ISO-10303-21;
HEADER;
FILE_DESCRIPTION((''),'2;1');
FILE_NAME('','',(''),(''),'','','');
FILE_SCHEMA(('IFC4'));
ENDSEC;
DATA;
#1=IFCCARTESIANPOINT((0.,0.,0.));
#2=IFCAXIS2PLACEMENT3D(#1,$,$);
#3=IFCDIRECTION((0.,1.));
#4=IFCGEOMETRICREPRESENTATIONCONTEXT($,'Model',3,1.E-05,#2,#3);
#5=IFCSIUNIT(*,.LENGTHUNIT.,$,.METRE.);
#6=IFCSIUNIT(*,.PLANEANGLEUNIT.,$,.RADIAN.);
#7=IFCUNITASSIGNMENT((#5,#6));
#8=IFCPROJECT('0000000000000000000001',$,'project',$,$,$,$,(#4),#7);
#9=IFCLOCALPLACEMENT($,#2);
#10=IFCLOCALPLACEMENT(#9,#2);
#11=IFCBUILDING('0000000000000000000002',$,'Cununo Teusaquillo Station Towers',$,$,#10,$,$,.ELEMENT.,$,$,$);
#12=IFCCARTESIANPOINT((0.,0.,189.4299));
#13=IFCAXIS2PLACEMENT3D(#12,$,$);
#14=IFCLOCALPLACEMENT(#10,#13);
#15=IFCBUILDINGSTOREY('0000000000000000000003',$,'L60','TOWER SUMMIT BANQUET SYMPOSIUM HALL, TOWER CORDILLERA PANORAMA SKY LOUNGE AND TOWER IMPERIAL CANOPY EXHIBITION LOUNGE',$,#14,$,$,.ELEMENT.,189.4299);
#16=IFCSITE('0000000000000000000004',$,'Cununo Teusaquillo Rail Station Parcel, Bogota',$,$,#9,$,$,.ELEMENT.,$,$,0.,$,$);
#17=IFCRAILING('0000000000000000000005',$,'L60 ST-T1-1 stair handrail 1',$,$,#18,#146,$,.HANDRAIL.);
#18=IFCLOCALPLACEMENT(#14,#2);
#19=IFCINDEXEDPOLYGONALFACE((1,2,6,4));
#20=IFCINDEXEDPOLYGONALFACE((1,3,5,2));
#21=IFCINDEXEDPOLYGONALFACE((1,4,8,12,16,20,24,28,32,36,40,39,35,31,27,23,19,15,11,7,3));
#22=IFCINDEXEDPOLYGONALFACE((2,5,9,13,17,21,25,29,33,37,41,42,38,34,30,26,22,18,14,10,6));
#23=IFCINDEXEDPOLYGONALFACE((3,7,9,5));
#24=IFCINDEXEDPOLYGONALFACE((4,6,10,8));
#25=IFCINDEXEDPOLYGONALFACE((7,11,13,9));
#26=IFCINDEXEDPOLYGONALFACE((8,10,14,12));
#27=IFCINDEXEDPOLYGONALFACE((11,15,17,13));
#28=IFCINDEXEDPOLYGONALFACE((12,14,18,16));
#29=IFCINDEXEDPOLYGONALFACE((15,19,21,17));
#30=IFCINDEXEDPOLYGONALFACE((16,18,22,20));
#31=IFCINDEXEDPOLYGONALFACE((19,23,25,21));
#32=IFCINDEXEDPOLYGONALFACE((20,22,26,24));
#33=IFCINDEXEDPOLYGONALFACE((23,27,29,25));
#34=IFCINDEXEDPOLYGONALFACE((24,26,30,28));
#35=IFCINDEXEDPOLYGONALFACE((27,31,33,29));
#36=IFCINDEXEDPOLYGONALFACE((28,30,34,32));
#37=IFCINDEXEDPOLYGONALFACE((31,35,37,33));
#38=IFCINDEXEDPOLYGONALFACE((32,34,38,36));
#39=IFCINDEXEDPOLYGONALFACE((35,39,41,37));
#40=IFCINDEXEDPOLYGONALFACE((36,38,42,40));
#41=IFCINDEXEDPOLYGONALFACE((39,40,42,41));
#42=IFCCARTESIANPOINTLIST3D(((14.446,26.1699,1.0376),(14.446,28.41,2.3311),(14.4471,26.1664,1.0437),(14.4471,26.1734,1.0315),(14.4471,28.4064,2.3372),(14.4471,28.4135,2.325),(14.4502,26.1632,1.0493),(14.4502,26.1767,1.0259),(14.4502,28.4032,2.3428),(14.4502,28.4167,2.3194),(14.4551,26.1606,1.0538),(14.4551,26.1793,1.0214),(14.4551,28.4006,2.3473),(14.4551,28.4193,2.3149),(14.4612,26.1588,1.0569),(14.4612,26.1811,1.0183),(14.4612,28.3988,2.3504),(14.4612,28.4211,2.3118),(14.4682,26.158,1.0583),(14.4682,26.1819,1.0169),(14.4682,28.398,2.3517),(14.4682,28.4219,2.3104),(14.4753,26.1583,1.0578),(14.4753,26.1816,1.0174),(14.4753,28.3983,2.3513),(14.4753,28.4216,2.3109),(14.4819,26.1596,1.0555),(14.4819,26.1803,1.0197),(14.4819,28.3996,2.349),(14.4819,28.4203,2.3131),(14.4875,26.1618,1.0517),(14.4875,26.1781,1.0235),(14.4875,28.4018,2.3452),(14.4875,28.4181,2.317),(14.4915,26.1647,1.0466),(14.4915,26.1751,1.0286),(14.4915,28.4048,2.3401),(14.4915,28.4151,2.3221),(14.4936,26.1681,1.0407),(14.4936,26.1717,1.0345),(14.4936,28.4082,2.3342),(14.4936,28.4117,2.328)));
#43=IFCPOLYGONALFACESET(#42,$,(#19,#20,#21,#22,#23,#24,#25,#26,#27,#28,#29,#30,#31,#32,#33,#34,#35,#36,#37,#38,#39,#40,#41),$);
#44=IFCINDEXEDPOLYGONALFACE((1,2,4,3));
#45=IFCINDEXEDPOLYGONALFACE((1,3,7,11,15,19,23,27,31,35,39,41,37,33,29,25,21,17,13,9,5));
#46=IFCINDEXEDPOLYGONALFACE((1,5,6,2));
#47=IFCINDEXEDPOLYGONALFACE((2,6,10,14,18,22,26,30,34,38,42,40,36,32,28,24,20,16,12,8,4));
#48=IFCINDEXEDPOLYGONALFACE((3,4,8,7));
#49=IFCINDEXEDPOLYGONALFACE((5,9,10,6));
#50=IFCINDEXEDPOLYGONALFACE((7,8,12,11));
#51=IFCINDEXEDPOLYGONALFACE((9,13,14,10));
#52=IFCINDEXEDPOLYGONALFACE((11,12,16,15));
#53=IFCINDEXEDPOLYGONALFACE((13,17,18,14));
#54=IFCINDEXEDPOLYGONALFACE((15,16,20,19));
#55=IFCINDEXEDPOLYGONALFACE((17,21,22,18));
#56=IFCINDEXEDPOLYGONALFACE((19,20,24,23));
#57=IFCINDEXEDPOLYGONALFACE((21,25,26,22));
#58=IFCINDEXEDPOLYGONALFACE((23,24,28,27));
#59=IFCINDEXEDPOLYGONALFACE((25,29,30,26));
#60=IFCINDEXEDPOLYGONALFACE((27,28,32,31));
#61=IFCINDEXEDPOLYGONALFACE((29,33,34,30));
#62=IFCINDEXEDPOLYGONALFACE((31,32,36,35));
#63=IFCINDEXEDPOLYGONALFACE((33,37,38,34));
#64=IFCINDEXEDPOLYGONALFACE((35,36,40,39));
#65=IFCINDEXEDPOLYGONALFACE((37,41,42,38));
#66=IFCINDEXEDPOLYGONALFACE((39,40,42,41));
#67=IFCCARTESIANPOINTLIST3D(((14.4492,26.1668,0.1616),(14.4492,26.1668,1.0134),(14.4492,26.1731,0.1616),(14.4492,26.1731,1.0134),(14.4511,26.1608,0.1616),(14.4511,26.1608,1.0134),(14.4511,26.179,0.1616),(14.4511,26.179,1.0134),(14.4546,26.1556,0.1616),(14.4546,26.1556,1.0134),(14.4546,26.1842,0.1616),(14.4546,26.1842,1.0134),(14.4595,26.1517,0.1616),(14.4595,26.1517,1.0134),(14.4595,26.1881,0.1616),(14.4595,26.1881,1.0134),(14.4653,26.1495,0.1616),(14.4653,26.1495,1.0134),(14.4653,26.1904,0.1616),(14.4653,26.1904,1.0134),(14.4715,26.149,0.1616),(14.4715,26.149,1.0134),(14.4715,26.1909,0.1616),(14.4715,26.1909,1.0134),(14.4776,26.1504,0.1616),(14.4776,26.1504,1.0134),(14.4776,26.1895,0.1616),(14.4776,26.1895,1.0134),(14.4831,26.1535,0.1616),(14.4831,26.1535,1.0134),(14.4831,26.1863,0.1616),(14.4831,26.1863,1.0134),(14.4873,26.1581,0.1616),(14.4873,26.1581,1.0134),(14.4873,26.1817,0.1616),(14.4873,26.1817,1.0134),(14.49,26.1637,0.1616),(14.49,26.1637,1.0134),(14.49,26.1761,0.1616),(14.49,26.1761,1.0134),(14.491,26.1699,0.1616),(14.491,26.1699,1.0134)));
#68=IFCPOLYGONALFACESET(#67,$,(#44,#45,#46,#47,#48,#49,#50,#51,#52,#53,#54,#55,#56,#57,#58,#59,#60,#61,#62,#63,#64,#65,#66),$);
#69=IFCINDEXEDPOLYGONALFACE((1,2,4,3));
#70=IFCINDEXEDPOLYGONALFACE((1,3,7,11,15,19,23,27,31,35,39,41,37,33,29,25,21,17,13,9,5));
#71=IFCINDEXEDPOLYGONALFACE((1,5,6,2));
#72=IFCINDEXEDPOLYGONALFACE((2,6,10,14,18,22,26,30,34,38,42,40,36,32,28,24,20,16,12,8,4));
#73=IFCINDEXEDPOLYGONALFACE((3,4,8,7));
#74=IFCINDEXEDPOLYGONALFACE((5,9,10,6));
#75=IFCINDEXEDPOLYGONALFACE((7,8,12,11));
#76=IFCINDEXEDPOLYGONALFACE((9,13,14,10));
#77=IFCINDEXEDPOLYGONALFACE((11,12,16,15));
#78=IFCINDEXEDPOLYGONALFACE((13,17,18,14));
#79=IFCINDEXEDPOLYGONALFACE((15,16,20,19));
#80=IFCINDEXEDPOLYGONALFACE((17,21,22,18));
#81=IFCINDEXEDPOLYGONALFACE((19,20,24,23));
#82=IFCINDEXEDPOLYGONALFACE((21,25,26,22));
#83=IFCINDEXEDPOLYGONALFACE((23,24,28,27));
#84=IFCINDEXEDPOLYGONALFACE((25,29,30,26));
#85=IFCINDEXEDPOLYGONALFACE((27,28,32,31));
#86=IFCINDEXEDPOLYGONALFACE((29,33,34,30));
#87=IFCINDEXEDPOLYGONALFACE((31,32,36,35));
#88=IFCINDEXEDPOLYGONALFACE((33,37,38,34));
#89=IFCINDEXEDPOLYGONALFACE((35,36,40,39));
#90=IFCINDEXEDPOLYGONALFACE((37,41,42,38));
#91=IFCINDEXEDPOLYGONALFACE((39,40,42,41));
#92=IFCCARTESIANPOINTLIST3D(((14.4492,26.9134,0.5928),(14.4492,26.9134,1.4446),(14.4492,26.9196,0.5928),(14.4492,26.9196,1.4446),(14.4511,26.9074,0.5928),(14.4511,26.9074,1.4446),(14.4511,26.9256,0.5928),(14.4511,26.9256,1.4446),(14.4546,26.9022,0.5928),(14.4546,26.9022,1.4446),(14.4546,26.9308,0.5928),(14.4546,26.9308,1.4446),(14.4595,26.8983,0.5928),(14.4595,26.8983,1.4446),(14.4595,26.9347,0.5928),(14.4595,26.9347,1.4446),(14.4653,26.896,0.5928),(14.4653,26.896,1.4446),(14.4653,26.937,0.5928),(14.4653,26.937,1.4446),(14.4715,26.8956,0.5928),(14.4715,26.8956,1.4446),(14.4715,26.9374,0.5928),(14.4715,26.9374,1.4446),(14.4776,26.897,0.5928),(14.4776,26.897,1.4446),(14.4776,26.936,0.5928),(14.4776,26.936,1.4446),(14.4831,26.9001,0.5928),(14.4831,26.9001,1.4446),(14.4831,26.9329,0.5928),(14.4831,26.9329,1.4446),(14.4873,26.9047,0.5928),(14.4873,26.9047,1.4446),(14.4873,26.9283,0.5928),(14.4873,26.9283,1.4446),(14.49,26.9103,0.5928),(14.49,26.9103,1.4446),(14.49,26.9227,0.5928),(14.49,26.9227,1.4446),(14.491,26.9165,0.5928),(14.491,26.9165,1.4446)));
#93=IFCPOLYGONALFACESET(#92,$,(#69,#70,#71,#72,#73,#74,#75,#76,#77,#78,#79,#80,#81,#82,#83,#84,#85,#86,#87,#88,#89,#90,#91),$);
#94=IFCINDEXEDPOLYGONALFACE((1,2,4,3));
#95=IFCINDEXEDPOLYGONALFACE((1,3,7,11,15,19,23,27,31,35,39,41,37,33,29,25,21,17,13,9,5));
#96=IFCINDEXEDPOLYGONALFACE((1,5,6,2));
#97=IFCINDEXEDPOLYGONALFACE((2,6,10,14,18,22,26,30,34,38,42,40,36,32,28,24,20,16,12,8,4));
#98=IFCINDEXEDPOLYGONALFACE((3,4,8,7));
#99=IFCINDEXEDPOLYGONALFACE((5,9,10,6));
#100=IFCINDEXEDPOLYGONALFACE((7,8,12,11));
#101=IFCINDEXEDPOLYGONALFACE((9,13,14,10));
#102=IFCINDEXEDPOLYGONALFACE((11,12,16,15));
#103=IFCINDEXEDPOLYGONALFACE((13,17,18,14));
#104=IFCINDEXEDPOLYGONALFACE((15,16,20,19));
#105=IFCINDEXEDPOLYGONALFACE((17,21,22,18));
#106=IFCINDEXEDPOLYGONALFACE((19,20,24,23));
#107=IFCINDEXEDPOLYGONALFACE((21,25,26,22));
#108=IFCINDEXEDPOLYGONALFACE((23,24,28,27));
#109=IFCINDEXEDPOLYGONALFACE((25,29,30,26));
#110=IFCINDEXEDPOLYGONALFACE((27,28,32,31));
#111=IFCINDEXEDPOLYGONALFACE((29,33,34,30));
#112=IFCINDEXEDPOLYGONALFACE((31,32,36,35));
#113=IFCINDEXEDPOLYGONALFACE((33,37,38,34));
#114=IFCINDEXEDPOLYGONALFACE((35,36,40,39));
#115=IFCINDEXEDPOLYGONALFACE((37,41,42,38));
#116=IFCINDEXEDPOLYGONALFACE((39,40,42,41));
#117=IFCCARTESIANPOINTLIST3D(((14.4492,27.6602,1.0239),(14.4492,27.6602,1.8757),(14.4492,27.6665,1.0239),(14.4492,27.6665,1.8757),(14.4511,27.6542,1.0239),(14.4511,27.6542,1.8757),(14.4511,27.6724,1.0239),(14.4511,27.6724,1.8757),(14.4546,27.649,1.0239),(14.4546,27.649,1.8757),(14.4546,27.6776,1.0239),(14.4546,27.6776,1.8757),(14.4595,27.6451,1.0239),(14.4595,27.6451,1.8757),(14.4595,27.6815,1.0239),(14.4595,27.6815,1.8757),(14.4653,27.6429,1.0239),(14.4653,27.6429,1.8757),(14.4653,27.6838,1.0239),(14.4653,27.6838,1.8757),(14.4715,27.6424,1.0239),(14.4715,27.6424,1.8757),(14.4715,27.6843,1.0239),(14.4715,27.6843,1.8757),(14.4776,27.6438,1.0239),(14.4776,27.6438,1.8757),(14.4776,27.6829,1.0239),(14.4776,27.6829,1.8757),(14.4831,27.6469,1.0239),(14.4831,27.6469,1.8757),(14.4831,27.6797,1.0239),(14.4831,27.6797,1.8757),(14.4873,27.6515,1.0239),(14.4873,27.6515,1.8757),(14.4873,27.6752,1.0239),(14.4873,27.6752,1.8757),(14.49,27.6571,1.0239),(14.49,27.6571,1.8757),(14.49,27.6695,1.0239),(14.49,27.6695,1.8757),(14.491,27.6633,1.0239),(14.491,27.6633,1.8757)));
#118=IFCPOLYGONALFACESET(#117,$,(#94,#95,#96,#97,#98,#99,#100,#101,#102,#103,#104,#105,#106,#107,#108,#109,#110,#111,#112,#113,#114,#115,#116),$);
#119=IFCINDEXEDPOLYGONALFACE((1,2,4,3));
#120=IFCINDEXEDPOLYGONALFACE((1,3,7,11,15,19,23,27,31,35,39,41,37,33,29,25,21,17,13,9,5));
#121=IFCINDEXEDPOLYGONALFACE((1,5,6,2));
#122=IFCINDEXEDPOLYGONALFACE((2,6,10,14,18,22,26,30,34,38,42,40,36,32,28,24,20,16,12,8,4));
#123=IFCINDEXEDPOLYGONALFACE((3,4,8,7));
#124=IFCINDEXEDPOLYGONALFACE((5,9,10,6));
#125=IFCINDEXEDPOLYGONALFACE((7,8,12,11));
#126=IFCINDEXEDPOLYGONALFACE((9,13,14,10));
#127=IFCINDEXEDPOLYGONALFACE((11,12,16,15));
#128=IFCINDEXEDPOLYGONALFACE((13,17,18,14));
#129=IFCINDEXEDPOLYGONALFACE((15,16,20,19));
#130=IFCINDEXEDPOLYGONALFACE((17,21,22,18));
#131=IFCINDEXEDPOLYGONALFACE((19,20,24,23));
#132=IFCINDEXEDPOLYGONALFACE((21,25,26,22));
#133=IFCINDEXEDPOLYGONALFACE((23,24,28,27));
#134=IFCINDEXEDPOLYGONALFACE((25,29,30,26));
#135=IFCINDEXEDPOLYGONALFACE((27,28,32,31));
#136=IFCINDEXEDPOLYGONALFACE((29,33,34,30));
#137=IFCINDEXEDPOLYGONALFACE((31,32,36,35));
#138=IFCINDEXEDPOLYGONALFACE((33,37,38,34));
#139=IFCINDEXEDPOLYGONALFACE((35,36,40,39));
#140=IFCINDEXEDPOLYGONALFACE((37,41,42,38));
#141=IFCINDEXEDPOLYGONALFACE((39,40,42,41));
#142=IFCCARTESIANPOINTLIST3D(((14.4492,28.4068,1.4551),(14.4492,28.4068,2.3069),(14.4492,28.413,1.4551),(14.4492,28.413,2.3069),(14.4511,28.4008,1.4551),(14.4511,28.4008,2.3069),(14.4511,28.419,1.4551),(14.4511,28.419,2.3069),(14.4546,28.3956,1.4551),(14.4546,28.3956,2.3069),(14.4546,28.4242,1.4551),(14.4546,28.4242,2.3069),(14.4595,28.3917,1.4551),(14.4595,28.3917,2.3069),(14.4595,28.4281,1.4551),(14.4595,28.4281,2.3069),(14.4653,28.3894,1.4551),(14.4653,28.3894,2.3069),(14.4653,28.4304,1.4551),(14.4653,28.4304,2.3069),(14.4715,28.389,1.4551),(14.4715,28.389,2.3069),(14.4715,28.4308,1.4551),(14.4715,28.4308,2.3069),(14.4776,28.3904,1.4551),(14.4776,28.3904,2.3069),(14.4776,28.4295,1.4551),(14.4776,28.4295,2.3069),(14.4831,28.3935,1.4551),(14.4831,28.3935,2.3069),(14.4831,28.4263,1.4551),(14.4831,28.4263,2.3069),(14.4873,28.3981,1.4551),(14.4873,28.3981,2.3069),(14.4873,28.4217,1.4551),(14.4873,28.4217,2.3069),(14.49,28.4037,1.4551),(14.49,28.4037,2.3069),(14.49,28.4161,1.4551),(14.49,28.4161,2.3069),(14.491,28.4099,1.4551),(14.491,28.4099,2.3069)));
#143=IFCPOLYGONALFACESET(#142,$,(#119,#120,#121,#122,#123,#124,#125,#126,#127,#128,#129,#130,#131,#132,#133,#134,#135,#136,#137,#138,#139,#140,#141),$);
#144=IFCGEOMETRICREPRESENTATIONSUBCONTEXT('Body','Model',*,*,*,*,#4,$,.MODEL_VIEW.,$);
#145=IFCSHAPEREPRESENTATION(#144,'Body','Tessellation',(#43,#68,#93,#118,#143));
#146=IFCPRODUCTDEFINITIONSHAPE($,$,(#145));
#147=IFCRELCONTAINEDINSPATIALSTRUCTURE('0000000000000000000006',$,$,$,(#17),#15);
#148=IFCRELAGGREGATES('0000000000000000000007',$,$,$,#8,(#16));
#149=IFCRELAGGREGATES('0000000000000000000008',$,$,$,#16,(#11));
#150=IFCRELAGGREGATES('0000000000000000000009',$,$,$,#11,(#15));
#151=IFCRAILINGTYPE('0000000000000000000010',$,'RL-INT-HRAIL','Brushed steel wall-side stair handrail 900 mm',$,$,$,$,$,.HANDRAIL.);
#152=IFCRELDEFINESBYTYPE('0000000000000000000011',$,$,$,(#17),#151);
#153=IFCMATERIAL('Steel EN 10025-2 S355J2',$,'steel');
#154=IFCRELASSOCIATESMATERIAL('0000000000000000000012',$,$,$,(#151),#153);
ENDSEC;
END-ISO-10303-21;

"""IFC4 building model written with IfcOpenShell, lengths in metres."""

from ifc_helpers import new_model, si_unit, direction, frame, origin, origin_2d, place, context, subcontext, project, spatial, circle, extrude, material, type_object, element, save


model = new_model("IFC4")

# Units and contexts
model_context = context("Model", 3, precision=1e-05, world=origin(), true_north=direction((0.0, 1.0)))
body_context = subcontext(model_context, "Body", "Model", "MODEL_VIEW")
ifc_project = project(units=[si_unit("LENGTHUNIT", "METRE"), si_unit("PLANEANGLEUNIT", "RADIAN")], contexts=[model_context])

# Site, building, storey
site_placement = place(None, origin())
site = spatial("IfcSite", under=ifc_project, at=site_placement, Name="Cununo Teusaquillo Rail Station Parcel, Bogota", CompositionType="ELEMENT", RefElevation=0.0)
building_placement = place(site_placement, origin())
building = spatial("IfcBuilding", under=site, at=building_placement, Name="Cununo Teusaquillo Station Towers", CompositionType="ELEMENT")
storey_placement = place(building_placement, frame((0.0, 0.0, 189.4299)))
storey = spatial("IfcBuildingStorey", under=building, at=storey_placement, Name="L60", Description="TOWER SUMMIT BANQUET SYMPOSIUM HALL, TOWER CORDILLERA PANORAMA SKY LOUNGE AND TOWER IMPERIAL CANOPY EXHIBITION LOUNGE", CompositionType="ELEMENT", Elevation=189.4299)

# Railing
ifc_material_1 = material(Name="Steel EN 10025-2 S355J2", Category="steel")
railing_type_1 = type_object("IfcRailingType", Name="RL-INT-HRAIL", Description="Brushed steel wall-side stair handrail 900 mm", PredefinedType="HANDRAIL", material=ifc_material_1)
railing_1_placement = place(storey_placement, frame((14.47, 26.1699, 0.1616)))
element("IfcRailing", 1, at=railing_1_placement, inside=storey, type_object=railing_type_1, Name="L60 ST-T1-1 stair handrail 1", PredefinedType="HANDRAIL", context=body_context, shape_type="SweptSolid", body=[
    extrude(circle(Radius=0.0239, at=origin_2d()), frame((0.0, 0.0, 0.876), z_axis=(0.0, 0.865992, 0.500057), x_axis=(-1.0, 0.0, 0.0)), (0.0, 0.0, 1.0), 2.5867),
    extrude(circle(Radius=0.021, at=origin_2d()), origin(), (0.0, 0.0, 1.0), 0.8518),
    extrude(circle(Radius=0.021, at=origin_2d()), frame((0.0, 0.7466, 0.4312)), (0.0, 0.0, 1.0), 0.8518),
    extrude(circle(Radius=0.021, at=origin_2d()), frame((0.0, 1.4934, 0.8623)), (0.0, 0.0, 1.0), 0.8518),
    extrude(circle(Radius=0.021, at=origin_2d()), frame((0.0, 2.24, 1.2935)), (0.0, 0.0, 1.0), 0.8518),
])

save(model, "model.ifc")
